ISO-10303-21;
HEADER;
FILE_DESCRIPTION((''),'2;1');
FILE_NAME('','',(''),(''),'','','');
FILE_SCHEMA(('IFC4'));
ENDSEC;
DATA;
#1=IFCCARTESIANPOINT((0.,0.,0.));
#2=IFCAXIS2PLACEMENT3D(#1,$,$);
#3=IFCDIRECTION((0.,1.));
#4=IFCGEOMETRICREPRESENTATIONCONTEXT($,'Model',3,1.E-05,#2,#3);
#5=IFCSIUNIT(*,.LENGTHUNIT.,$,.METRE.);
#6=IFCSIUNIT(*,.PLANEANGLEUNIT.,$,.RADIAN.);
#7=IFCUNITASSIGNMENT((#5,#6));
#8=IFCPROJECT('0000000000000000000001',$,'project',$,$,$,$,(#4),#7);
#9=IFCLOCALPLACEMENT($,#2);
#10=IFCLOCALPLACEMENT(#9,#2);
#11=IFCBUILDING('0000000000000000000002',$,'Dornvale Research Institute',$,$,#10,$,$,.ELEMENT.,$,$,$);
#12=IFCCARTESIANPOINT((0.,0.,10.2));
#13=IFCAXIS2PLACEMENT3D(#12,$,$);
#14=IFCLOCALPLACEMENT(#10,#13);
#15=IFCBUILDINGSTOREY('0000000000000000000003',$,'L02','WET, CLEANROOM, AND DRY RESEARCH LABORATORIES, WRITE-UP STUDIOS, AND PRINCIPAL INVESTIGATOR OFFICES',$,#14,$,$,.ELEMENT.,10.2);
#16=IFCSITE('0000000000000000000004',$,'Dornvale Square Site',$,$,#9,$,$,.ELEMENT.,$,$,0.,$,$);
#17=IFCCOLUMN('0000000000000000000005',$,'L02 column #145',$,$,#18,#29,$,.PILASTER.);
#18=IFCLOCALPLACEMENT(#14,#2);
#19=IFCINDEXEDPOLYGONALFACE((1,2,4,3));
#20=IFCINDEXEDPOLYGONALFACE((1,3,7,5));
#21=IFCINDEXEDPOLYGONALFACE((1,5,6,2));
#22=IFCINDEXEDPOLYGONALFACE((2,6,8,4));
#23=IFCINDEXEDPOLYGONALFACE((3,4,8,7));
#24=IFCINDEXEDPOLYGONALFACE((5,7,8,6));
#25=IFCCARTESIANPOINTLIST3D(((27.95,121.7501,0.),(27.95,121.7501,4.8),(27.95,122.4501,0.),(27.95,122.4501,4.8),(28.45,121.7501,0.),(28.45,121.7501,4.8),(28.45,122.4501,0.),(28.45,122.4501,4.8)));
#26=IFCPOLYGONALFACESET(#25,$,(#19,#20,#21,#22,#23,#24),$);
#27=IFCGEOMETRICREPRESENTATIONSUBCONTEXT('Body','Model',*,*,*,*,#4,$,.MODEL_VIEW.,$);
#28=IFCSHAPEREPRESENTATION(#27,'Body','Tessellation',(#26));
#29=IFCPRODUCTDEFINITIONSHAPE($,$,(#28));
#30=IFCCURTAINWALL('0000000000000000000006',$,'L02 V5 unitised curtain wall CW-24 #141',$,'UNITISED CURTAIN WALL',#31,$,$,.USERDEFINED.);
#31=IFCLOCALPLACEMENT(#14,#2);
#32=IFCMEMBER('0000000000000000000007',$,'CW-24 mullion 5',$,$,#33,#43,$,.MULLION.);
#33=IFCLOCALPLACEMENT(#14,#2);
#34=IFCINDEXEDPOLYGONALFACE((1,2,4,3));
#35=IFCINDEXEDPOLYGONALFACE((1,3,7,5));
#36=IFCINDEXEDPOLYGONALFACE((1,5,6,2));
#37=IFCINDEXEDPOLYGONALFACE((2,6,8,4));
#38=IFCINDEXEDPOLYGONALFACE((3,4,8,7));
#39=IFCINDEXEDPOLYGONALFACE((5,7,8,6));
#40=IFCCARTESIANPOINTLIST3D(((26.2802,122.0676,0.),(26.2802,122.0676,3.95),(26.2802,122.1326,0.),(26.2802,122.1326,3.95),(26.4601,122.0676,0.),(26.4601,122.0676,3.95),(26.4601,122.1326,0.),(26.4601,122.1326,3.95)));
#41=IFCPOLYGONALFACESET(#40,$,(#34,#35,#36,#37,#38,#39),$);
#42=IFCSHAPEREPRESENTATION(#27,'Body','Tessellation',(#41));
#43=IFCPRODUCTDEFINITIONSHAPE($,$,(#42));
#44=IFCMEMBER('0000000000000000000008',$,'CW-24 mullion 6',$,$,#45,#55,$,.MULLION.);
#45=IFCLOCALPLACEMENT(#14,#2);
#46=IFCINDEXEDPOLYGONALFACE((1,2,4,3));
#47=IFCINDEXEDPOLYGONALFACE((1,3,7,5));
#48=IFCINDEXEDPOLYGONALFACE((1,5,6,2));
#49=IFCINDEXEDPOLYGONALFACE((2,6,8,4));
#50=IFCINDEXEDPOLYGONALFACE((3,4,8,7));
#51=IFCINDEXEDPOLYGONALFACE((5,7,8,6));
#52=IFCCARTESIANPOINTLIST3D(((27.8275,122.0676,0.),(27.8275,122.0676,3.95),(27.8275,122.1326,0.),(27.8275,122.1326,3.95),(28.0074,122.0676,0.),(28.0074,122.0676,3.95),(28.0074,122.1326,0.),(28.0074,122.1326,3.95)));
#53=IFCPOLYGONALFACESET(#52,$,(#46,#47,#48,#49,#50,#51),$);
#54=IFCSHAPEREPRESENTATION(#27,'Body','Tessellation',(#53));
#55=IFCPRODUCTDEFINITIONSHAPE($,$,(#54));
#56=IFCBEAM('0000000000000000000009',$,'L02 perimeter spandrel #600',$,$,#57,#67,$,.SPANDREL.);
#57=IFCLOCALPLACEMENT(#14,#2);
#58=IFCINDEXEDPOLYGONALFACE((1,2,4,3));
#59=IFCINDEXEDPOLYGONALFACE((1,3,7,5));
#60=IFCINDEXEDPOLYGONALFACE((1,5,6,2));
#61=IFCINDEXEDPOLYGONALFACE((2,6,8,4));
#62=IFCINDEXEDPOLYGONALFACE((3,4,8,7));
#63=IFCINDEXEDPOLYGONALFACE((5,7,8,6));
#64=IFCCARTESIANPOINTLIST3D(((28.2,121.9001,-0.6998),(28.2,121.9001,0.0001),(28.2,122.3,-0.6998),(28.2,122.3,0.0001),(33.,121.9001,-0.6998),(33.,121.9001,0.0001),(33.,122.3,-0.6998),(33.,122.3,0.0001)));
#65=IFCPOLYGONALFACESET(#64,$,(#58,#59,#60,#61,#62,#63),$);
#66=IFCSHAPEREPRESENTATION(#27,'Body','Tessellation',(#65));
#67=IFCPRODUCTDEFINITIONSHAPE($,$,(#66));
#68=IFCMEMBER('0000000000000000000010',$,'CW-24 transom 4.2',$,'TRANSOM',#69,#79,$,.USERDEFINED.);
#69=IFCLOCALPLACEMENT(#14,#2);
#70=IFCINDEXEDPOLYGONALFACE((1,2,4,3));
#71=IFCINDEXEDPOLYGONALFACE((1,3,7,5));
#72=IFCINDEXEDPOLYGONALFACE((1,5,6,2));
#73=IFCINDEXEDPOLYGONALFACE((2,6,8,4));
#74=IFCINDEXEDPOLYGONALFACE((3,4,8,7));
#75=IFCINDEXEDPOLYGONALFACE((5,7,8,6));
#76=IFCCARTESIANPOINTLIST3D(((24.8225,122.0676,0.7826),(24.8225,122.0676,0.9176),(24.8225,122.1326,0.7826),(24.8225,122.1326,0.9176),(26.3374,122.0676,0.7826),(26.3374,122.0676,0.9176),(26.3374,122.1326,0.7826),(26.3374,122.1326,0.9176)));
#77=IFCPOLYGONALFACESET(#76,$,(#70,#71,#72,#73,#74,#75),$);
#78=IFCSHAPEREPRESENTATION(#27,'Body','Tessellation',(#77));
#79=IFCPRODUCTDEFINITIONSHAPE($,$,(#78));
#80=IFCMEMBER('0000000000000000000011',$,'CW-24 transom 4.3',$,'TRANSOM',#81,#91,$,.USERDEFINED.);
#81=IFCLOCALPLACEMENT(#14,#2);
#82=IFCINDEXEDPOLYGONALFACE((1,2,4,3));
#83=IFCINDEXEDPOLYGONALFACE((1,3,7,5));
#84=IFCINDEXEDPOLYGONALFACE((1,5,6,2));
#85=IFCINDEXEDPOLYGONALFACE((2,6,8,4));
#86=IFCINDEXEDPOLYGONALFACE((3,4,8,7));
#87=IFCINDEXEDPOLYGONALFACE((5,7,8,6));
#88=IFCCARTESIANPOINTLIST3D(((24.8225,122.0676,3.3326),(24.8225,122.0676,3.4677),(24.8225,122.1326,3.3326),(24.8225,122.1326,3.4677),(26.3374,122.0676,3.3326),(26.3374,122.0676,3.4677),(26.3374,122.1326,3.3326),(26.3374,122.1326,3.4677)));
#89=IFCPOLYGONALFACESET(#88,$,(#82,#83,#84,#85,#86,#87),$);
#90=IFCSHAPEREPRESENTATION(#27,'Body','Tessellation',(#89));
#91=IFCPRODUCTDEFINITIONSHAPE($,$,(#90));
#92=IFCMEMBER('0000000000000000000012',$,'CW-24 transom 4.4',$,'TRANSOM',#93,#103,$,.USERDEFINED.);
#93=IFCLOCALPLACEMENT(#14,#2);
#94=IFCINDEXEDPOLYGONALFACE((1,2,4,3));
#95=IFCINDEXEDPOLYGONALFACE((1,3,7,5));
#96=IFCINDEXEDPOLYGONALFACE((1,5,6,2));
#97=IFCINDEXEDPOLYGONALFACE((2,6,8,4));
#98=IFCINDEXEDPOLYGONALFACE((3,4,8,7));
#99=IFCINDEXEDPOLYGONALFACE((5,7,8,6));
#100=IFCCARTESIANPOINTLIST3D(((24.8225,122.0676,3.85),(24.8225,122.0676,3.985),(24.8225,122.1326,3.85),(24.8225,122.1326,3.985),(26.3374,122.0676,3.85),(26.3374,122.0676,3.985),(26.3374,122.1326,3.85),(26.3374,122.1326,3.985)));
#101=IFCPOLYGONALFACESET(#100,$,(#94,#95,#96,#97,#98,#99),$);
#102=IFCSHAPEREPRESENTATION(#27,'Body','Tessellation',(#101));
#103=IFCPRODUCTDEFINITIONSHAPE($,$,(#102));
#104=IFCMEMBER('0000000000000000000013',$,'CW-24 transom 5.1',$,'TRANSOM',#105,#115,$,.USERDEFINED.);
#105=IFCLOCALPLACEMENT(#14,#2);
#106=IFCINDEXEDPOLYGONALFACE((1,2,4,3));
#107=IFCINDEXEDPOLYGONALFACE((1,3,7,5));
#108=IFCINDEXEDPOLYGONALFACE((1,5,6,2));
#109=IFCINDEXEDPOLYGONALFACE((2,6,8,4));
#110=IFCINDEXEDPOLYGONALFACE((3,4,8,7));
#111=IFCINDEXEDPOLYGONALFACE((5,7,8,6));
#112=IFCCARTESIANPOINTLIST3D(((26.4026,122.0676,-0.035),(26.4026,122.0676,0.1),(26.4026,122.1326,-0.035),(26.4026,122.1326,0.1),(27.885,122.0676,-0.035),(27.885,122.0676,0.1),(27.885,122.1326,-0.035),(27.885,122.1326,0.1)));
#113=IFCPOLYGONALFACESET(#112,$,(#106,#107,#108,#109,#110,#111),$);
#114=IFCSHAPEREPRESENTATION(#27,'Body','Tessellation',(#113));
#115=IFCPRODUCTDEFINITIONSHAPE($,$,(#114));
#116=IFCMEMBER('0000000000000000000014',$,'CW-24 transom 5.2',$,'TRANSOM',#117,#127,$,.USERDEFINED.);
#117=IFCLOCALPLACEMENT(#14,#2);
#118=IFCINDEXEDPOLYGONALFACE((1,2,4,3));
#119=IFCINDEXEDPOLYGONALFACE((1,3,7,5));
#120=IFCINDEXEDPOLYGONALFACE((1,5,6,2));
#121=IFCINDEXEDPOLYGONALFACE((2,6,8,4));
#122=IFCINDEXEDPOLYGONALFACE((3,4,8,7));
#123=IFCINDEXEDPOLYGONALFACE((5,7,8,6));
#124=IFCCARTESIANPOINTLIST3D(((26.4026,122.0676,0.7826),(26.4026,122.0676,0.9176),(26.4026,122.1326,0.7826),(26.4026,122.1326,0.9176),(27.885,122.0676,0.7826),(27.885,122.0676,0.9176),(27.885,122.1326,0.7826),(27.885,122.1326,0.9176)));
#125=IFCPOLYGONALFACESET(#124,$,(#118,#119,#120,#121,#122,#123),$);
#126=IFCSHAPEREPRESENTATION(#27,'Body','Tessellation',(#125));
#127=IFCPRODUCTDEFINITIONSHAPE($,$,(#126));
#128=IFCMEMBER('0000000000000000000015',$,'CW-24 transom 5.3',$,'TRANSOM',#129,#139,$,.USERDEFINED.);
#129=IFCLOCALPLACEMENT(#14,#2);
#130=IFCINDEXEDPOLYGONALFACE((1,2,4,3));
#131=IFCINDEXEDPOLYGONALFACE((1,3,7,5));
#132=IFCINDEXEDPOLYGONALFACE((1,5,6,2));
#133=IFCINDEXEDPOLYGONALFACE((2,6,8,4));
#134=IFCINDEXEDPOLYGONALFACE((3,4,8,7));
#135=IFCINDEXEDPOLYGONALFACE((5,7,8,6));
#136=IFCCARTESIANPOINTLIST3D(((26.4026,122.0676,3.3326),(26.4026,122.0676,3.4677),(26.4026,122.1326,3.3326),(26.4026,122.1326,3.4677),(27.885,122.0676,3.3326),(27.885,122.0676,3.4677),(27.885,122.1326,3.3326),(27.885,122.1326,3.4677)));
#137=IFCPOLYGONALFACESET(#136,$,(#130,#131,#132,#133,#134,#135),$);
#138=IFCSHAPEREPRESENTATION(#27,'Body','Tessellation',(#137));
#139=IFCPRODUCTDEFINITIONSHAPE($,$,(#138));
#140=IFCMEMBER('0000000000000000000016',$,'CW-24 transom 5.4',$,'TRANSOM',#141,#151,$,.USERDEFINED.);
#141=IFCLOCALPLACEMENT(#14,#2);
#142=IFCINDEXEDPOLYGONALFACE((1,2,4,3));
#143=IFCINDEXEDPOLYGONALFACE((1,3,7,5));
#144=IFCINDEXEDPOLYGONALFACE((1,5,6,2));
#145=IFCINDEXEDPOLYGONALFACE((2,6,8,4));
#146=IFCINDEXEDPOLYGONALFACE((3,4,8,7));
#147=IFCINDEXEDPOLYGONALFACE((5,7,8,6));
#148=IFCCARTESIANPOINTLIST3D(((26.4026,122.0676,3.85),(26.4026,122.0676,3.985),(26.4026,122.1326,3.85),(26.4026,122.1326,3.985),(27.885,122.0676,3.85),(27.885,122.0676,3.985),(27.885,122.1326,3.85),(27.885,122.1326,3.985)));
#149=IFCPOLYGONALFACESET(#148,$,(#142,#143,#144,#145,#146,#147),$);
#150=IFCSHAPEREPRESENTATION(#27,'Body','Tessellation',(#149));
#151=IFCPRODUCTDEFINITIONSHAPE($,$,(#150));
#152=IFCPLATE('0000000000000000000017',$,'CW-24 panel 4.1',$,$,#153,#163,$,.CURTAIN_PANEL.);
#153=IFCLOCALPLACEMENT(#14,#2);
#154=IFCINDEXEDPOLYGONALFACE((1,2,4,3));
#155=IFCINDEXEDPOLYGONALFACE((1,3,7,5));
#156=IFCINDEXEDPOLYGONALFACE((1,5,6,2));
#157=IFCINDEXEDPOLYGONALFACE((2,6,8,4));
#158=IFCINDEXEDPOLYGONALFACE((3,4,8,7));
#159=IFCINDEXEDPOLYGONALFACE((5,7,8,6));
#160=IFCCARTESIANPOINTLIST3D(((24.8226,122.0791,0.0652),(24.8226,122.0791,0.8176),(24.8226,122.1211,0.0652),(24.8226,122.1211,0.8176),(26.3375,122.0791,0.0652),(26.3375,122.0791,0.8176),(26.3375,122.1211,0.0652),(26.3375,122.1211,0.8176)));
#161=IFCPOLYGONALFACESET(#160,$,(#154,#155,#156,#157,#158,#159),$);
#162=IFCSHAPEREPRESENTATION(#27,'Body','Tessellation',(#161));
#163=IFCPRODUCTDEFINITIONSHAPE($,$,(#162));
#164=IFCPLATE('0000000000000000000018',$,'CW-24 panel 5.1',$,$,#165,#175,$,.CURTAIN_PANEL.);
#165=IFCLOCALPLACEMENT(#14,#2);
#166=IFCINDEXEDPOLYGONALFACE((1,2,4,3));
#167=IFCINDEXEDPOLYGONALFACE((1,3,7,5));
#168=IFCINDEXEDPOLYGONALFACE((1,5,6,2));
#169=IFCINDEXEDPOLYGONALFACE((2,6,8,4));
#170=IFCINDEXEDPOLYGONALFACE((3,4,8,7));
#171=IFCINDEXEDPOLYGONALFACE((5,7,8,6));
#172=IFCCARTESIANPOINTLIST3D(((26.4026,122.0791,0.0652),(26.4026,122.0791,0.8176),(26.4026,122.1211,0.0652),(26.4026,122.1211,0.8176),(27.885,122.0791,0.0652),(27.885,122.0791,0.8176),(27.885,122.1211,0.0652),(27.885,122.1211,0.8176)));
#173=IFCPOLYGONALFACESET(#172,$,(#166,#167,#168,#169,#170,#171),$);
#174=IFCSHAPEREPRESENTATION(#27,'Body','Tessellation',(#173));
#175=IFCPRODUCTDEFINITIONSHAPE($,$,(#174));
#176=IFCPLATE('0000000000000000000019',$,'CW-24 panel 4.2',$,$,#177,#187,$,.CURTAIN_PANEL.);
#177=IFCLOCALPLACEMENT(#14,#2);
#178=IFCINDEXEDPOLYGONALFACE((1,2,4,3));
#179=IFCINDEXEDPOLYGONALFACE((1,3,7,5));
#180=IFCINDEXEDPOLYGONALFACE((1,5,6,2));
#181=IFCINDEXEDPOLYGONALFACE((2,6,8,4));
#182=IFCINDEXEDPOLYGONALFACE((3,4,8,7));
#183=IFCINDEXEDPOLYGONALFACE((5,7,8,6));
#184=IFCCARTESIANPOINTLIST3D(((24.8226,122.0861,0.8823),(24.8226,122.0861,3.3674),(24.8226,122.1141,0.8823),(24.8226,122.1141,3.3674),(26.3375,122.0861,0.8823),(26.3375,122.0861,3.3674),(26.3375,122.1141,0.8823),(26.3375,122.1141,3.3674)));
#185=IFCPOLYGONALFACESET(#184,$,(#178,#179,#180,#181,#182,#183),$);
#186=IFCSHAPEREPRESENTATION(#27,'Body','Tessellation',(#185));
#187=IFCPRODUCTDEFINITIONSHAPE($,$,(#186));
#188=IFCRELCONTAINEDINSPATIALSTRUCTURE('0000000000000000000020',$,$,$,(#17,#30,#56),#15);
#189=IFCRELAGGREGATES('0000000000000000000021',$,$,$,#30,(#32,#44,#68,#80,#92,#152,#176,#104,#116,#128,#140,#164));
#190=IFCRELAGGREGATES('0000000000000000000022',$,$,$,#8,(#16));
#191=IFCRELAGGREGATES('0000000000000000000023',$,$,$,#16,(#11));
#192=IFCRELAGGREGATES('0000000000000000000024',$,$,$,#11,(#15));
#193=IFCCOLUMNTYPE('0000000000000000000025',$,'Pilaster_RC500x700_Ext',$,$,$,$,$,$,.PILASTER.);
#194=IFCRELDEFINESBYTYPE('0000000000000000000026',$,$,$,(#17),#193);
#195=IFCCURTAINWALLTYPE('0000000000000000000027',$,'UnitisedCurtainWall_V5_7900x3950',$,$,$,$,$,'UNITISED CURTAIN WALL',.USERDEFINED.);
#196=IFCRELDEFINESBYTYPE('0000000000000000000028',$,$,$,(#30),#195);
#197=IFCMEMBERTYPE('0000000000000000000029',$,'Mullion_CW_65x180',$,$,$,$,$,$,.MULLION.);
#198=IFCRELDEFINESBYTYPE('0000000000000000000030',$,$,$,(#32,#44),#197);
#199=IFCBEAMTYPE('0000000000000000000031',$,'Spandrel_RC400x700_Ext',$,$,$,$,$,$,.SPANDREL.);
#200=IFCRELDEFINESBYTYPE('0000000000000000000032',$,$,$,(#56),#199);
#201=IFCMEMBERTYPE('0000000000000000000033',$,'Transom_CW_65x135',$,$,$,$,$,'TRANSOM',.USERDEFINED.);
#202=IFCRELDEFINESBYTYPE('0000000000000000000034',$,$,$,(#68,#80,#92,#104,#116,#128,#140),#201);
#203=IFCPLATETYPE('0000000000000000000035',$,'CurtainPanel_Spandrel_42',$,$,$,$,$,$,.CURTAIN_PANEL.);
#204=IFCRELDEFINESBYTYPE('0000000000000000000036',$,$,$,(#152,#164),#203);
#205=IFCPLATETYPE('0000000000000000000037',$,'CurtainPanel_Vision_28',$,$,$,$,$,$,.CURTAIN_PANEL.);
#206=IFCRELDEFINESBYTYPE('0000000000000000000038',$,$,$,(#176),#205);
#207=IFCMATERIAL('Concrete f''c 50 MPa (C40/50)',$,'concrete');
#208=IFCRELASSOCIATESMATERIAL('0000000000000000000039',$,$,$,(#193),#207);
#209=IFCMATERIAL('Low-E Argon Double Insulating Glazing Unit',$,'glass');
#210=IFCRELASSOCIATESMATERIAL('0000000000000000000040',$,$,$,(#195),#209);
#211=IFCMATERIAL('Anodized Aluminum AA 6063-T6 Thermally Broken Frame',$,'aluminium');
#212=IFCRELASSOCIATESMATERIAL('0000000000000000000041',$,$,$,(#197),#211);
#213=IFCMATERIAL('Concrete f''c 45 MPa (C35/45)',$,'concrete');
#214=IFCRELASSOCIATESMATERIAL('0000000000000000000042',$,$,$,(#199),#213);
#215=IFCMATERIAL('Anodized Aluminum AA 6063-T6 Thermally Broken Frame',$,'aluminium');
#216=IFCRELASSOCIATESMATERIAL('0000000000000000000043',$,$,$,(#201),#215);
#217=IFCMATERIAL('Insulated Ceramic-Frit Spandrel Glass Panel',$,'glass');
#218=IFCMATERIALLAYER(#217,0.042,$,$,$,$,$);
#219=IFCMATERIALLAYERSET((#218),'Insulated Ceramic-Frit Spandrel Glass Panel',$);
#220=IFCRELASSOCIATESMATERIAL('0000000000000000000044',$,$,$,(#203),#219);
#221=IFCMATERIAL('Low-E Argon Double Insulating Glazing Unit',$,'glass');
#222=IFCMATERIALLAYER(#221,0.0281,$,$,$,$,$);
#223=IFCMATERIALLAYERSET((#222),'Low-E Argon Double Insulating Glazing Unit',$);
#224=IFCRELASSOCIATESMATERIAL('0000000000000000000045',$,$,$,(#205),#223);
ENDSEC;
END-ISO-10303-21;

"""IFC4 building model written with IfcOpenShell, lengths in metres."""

from ifc_helpers import new_model, si_unit, direction, frame, origin, origin_2d, place, context, subcontext, project, spatial, rectangle, extrude, material, layer, layer_set, material_profile, profile_set, type_object, element, aggregate, save


model = new_model("IFC4")

# Units and contexts
model_context = context("Model", 3, precision=1e-05, world=origin(), true_north=direction((0.0, 1.0)))
body_context = subcontext(model_context, "Body", "Model", "MODEL_VIEW")
ifc_project = project(units=[si_unit("LENGTHUNIT", "METRE"), si_unit("PLANEANGLEUNIT", "RADIAN")], contexts=[model_context])

# Site, building, storey
site_placement = place(None, origin())
site = spatial("IfcSite", under=ifc_project, at=site_placement, Name="Dornvale Square Site", CompositionType="ELEMENT", RefElevation=0.0)
building_placement = place(site_placement, origin())
building = spatial("IfcBuilding", under=site, at=building_placement, Name="Dornvale Research Institute", CompositionType="ELEMENT")
storey_placement = place(building_placement, frame((0.0, 0.0, 10.2)))
storey = spatial("IfcBuildingStorey", under=building, at=storey_placement, Name="L02", Description="WET, CLEANROOM, AND DRY RESEARCH LABORATORIES, WRITE-UP STUDIOS, AND PRINCIPAL INVESTIGATOR OFFICES", CompositionType="ELEMENT", Elevation=10.2)

# Column
ifc_material_1 = material(Name="Concrete f'c 50 MPa (C40/50)", Category="concrete")
ifc_material_profile_1 = material_profile(ifc_material_1, rectangle(XDim=0.5, YDim=0.7, at=origin_2d()), Name="RC 500x700")
ifc_profile_set_1 = profile_set([ifc_material_profile_1], Name="Concrete f'c 50 MPa (C40/50)")
column_type = type_object("IfcColumnType", Name="Pilaster_RC500x700_Ext", PredefinedType="PILASTER", material=ifc_profile_set_1)
column_placement = place(storey_placement, frame((28.2, 122.1001, 0.0), z_axis=(0.0, 0.0, 1.0), x_axis=(1.0, 0.0, 0.0)))
element("IfcColumn", 1, at=column_placement, inside=storey, type_object=column_type, Name="L02 column #145", PredefinedType="PILASTER", context=body_context, shape_type="SweptSolid", body=[
    extrude(rectangle(XDim=0.5, YDim=0.7, at=origin_2d()), origin(), (0.0, 0.0, 1.0), 4.8),
])

# Curtain wall, members
ifc_material_2 = material(Name="Low-E Argon Double Insulating Glazing Unit", Category="glass")
curtain_wall_type = type_object("IfcCurtainWallType", Name="UnitisedCurtainWall_V5_7900x3950", ElementType="UNITISED CURTAIN WALL", PredefinedType="USERDEFINED", material=ifc_material_2)
curtain_wall_placement = place(storey_placement, origin())
curtain_wall = element("IfcCurtainWall", 2, at=curtain_wall_placement, inside=storey, type_object=curtain_wall_type, Name="L02 V5 unitised curtain wall CW-24 #141", ObjectType="UNITISED CURTAIN WALL", PredefinedType="USERDEFINED")
ifc_material_3 = material(Name="Anodized Aluminum AA 6063-T6 Thermally Broken Frame", Category="aluminium")
ifc_material_profile_2 = material_profile(ifc_material_3, rectangle(XDim=0.0649, YDim=0.1799, at=origin_2d()), Name="ALU MULLION 65x180")
ifc_profile_set_2 = profile_set([ifc_material_profile_2], Name="Anodized Aluminum AA 6063-T6 Thermally Broken Frame")
member_type_1 = type_object("IfcMemberType", Name="Mullion_CW_65x180", PredefinedType="MULLION", material=ifc_profile_set_2)
member_1_placement = place(storey_placement, frame((26.3701, 122.1001, 0.0), z_axis=(0.0, 0.0, 1.0), x_axis=(0.0, 1.0, 0.0)))
member_1 = element("IfcMember", 3, at=member_1_placement, type_object=member_type_1, Name="CW-24 mullion 5", PredefinedType="MULLION", context=body_context, shape_type="SweptSolid", body=[
    extrude(rectangle(XDim=0.0649, YDim=0.1799, at=origin_2d()), origin(), (0.0, 0.0, 1.0), 3.95),
])
member_2_placement = place(storey_placement, frame((27.9175, 122.1001, 0.0), z_axis=(0.0, 0.0, 1.0), x_axis=(0.0, 1.0, 0.0)))
member_2 = element("IfcMember", 4, at=member_2_placement, type_object=member_type_1, Name="CW-24 mullion 6", PredefinedType="MULLION", context=body_context, shape_type="SweptSolid", body=[
    extrude(rectangle(XDim=0.0649, YDim=0.1799, at=origin_2d()), origin(), (0.0, 0.0, 1.0), 3.95),
])

# Beam
ifc_material_4 = material(Name="Concrete f'c 45 MPa (C35/45)", Category="concrete")
ifc_material_profile_3 = material_profile(ifc_material_4, rectangle(XDim=0.3999, YDim=0.7, at=origin_2d()), Name="RC 400x700")
ifc_profile_set_3 = profile_set([ifc_material_profile_3], Name="Concrete f'c 45 MPa (C35/45)")
beam_type = type_object("IfcBeamType", Name="Spandrel_RC400x700_Ext", PredefinedType="SPANDREL", material=ifc_profile_set_3)
beam_placement = place(storey_placement, frame((28.2, 122.1001, -0.3499), z_axis=(1.0, 0.0, 0.0), x_axis=(0.0, 1.0, 0.0)))
element("IfcBeam", 5, at=beam_placement, inside=storey, type_object=beam_type, Name="L02 perimeter spandrel #600", PredefinedType="SPANDREL", context=body_context, shape_type="SweptSolid", body=[
    extrude(rectangle(XDim=0.3999, YDim=0.7, at=origin_2d()), origin(), (0.0, 0.0, 1.0), 4.8),
])

# Members
ifc_material_5 = material(Name="Anodized Aluminum AA 6063-T6 Thermally Broken Frame", Category="aluminium")
ifc_material_profile_4 = material_profile(ifc_material_5, rectangle(XDim=0.0649, YDim=0.135, at=origin_2d()), Name="ALU TRANSOM 65x135")
ifc_profile_set_4 = profile_set([ifc_material_profile_4], Name="Anodized Aluminum AA 6063-T6 Thermally Broken Frame")
member_type_2 = type_object("IfcMemberType", Name="Transom_CW_65x135", ElementType="TRANSOM", PredefinedType="USERDEFINED", material=ifc_profile_set_4)
member_3_placement = place(storey_placement, frame((24.8225, 122.1001, 0.8501), z_axis=(1.0, 0.0, 0.0), x_axis=(0.0, 1.0, 0.0)))
member_3 = element("IfcMember", 6, at=member_3_placement, type_object=member_type_2, Name="CW-24 transom 4.2", ObjectType="TRANSOM", PredefinedType="USERDEFINED", context=body_context, shape_type="SweptSolid", body=[
    extrude(rectangle(XDim=0.0649, YDim=0.135, at=origin_2d()), origin(), (0.0, 0.0, 1.0), 1.5149),
])
member_4_placement = place(storey_placement, frame((24.8225, 122.1001, 3.4001), z_axis=(1.0, 0.0, 0.0), x_axis=(0.0, 1.0, 0.0)))
member_4 = element("IfcMember", 7, at=member_4_placement, type_object=member_type_2, Name="CW-24 transom 4.3", ObjectType="TRANSOM", PredefinedType="USERDEFINED", context=body_context, shape_type="SweptSolid", body=[
    extrude(rectangle(XDim=0.0649, YDim=0.135, at=origin_2d()), origin(), (0.0, 0.0, 1.0), 1.5149),
])
member_5_placement = place(storey_placement, frame((24.8225, 122.1001, 3.9175), z_axis=(1.0, 0.0, 0.0), x_axis=(0.0, 1.0, 0.0)))
member_5 = element("IfcMember", 8, at=member_5_placement, type_object=member_type_2, Name="CW-24 transom 4.4", ObjectType="TRANSOM", PredefinedType="USERDEFINED", context=body_context, shape_type="SweptSolid", body=[
    extrude(rectangle(XDim=0.0649, YDim=0.135, at=origin_2d()), origin(), (0.0, 0.0, 1.0), 1.5149),
])
member_6_placement = place(storey_placement, frame((26.4026, 122.1001, 0.0325), z_axis=(1.0, 0.0, 0.0), x_axis=(0.0, 1.0, 0.0)))
member_6 = element("IfcMember", 9, at=member_6_placement, type_object=member_type_2, Name="CW-24 transom 5.1", ObjectType="TRANSOM", PredefinedType="USERDEFINED", context=body_context, shape_type="SweptSolid", body=[
    extrude(rectangle(XDim=0.0649, YDim=0.135, at=origin_2d()), origin(), (0.0, 0.0, 1.0), 1.4824),
])
member_7_placement = place(storey_placement, frame((26.4026, 122.1001, 0.8501), z_axis=(1.0, 0.0, 0.0), x_axis=(0.0, 1.0, 0.0)))
member_7 = element("IfcMember", 10, at=member_7_placement, type_object=member_type_2, Name="CW-24 transom 5.2", ObjectType="TRANSOM", PredefinedType="USERDEFINED", context=body_context, shape_type="SweptSolid", body=[
    extrude(rectangle(XDim=0.0649, YDim=0.135, at=origin_2d()), origin(), (0.0, 0.0, 1.0), 1.4824),
])
member_8_placement = place(storey_placement, frame((26.4026, 122.1001, 3.4001), z_axis=(1.0, 0.0, 0.0), x_axis=(0.0, 1.0, 0.0)))
member_8 = element("IfcMember", 11, at=member_8_placement, type_object=member_type_2, Name="CW-24 transom 5.3", ObjectType="TRANSOM", PredefinedType="USERDEFINED", context=body_context, shape_type="SweptSolid", body=[
    extrude(rectangle(XDim=0.0649, YDim=0.135, at=origin_2d()), origin(), (0.0, 0.0, 1.0), 1.4824),
])
member_9_placement = place(storey_placement, frame((26.4026, 122.1001, 3.9175), z_axis=(1.0, 0.0, 0.0), x_axis=(0.0, 1.0, 0.0)))
member_9 = element("IfcMember", 12, at=member_9_placement, type_object=member_type_2, Name="CW-24 transom 5.4", ObjectType="TRANSOM", PredefinedType="USERDEFINED", context=body_context, shape_type="SweptSolid", body=[
    extrude(rectangle(XDim=0.0649, YDim=0.135, at=origin_2d()), origin(), (0.0, 0.0, 1.0), 1.4824),
])

# Plates
ifc_material_6 = material(Name="Insulated Ceramic-Frit Spandrel Glass Panel", Category="glass")
ifc_layer_1 = layer(ifc_material_6, 0.042)
ifc_layer_set_1 = layer_set([ifc_layer_1], Name="Insulated Ceramic-Frit Spandrel Glass Panel")
plate_type_1 = type_object("IfcPlateType", Name="CurtainPanel_Spandrel_42", PredefinedType="CURTAIN_PANEL", material=ifc_layer_set_1)
plate_1_placement = place(storey_placement, frame((25.5801, 122.1001, 0.0652), z_axis=(0.0, 0.0, 1.0), x_axis=(1.0, 0.0, 0.0)))
plate_1 = element("IfcPlate", 13, at=plate_1_placement, type_object=plate_type_1, Name="CW-24 panel 4.1", PredefinedType="CURTAIN_PANEL", context=body_context, shape_type="SweptSolid", body=[
    extrude(rectangle(XDim=1.5149, YDim=0.042, at=origin_2d()), origin(), (0.0, 0.0, 1.0), 0.7524),
])
plate_2_placement = place(storey_placement, frame((27.1438, 122.1001, 0.0652), z_axis=(0.0, 0.0, 1.0), x_axis=(1.0, 0.0, 0.0)))
plate_2 = element("IfcPlate", 14, at=plate_2_placement, type_object=plate_type_1, Name="CW-24 panel 5.1", PredefinedType="CURTAIN_PANEL", context=body_context, shape_type="SweptSolid", body=[
    extrude(rectangle(XDim=1.4824, YDim=0.042, at=origin_2d()), origin(), (0.0, 0.0, 1.0), 0.7524),
])
ifc_material_7 = material(Name="Low-E Argon Double Insulating Glazing Unit", Category="glass")
ifc_layer_2 = layer(ifc_material_7, 0.0281)
ifc_layer_set_2 = layer_set([ifc_layer_2], Name="Low-E Argon Double Insulating Glazing Unit")
plate_type_2 = type_object("IfcPlateType", Name="CurtainPanel_Vision_28", PredefinedType="CURTAIN_PANEL", material=ifc_layer_set_2)
plate_3_placement = place(storey_placement, frame((25.5801, 122.1001, 0.8823), z_axis=(0.0, 0.0, 1.0), x_axis=(1.0, 0.0, 0.0)))
plate_3 = element("IfcPlate", 15, at=plate_3_placement, type_object=plate_type_2, Name="CW-24 panel 4.2", PredefinedType="CURTAIN_PANEL", context=body_context, shape_type="SweptSolid", body=[
    extrude(rectangle(XDim=1.5149, YDim=0.0281, at=origin_2d()), origin(), (0.0, 0.0, 1.0), 2.4851),
])
aggregate(curtain_wall, [member_1, member_2, member_3, member_4, member_5, plate_1, plate_3, member_6, member_7, member_8, member_9, plate_2])

save(model, "model.ifc")
